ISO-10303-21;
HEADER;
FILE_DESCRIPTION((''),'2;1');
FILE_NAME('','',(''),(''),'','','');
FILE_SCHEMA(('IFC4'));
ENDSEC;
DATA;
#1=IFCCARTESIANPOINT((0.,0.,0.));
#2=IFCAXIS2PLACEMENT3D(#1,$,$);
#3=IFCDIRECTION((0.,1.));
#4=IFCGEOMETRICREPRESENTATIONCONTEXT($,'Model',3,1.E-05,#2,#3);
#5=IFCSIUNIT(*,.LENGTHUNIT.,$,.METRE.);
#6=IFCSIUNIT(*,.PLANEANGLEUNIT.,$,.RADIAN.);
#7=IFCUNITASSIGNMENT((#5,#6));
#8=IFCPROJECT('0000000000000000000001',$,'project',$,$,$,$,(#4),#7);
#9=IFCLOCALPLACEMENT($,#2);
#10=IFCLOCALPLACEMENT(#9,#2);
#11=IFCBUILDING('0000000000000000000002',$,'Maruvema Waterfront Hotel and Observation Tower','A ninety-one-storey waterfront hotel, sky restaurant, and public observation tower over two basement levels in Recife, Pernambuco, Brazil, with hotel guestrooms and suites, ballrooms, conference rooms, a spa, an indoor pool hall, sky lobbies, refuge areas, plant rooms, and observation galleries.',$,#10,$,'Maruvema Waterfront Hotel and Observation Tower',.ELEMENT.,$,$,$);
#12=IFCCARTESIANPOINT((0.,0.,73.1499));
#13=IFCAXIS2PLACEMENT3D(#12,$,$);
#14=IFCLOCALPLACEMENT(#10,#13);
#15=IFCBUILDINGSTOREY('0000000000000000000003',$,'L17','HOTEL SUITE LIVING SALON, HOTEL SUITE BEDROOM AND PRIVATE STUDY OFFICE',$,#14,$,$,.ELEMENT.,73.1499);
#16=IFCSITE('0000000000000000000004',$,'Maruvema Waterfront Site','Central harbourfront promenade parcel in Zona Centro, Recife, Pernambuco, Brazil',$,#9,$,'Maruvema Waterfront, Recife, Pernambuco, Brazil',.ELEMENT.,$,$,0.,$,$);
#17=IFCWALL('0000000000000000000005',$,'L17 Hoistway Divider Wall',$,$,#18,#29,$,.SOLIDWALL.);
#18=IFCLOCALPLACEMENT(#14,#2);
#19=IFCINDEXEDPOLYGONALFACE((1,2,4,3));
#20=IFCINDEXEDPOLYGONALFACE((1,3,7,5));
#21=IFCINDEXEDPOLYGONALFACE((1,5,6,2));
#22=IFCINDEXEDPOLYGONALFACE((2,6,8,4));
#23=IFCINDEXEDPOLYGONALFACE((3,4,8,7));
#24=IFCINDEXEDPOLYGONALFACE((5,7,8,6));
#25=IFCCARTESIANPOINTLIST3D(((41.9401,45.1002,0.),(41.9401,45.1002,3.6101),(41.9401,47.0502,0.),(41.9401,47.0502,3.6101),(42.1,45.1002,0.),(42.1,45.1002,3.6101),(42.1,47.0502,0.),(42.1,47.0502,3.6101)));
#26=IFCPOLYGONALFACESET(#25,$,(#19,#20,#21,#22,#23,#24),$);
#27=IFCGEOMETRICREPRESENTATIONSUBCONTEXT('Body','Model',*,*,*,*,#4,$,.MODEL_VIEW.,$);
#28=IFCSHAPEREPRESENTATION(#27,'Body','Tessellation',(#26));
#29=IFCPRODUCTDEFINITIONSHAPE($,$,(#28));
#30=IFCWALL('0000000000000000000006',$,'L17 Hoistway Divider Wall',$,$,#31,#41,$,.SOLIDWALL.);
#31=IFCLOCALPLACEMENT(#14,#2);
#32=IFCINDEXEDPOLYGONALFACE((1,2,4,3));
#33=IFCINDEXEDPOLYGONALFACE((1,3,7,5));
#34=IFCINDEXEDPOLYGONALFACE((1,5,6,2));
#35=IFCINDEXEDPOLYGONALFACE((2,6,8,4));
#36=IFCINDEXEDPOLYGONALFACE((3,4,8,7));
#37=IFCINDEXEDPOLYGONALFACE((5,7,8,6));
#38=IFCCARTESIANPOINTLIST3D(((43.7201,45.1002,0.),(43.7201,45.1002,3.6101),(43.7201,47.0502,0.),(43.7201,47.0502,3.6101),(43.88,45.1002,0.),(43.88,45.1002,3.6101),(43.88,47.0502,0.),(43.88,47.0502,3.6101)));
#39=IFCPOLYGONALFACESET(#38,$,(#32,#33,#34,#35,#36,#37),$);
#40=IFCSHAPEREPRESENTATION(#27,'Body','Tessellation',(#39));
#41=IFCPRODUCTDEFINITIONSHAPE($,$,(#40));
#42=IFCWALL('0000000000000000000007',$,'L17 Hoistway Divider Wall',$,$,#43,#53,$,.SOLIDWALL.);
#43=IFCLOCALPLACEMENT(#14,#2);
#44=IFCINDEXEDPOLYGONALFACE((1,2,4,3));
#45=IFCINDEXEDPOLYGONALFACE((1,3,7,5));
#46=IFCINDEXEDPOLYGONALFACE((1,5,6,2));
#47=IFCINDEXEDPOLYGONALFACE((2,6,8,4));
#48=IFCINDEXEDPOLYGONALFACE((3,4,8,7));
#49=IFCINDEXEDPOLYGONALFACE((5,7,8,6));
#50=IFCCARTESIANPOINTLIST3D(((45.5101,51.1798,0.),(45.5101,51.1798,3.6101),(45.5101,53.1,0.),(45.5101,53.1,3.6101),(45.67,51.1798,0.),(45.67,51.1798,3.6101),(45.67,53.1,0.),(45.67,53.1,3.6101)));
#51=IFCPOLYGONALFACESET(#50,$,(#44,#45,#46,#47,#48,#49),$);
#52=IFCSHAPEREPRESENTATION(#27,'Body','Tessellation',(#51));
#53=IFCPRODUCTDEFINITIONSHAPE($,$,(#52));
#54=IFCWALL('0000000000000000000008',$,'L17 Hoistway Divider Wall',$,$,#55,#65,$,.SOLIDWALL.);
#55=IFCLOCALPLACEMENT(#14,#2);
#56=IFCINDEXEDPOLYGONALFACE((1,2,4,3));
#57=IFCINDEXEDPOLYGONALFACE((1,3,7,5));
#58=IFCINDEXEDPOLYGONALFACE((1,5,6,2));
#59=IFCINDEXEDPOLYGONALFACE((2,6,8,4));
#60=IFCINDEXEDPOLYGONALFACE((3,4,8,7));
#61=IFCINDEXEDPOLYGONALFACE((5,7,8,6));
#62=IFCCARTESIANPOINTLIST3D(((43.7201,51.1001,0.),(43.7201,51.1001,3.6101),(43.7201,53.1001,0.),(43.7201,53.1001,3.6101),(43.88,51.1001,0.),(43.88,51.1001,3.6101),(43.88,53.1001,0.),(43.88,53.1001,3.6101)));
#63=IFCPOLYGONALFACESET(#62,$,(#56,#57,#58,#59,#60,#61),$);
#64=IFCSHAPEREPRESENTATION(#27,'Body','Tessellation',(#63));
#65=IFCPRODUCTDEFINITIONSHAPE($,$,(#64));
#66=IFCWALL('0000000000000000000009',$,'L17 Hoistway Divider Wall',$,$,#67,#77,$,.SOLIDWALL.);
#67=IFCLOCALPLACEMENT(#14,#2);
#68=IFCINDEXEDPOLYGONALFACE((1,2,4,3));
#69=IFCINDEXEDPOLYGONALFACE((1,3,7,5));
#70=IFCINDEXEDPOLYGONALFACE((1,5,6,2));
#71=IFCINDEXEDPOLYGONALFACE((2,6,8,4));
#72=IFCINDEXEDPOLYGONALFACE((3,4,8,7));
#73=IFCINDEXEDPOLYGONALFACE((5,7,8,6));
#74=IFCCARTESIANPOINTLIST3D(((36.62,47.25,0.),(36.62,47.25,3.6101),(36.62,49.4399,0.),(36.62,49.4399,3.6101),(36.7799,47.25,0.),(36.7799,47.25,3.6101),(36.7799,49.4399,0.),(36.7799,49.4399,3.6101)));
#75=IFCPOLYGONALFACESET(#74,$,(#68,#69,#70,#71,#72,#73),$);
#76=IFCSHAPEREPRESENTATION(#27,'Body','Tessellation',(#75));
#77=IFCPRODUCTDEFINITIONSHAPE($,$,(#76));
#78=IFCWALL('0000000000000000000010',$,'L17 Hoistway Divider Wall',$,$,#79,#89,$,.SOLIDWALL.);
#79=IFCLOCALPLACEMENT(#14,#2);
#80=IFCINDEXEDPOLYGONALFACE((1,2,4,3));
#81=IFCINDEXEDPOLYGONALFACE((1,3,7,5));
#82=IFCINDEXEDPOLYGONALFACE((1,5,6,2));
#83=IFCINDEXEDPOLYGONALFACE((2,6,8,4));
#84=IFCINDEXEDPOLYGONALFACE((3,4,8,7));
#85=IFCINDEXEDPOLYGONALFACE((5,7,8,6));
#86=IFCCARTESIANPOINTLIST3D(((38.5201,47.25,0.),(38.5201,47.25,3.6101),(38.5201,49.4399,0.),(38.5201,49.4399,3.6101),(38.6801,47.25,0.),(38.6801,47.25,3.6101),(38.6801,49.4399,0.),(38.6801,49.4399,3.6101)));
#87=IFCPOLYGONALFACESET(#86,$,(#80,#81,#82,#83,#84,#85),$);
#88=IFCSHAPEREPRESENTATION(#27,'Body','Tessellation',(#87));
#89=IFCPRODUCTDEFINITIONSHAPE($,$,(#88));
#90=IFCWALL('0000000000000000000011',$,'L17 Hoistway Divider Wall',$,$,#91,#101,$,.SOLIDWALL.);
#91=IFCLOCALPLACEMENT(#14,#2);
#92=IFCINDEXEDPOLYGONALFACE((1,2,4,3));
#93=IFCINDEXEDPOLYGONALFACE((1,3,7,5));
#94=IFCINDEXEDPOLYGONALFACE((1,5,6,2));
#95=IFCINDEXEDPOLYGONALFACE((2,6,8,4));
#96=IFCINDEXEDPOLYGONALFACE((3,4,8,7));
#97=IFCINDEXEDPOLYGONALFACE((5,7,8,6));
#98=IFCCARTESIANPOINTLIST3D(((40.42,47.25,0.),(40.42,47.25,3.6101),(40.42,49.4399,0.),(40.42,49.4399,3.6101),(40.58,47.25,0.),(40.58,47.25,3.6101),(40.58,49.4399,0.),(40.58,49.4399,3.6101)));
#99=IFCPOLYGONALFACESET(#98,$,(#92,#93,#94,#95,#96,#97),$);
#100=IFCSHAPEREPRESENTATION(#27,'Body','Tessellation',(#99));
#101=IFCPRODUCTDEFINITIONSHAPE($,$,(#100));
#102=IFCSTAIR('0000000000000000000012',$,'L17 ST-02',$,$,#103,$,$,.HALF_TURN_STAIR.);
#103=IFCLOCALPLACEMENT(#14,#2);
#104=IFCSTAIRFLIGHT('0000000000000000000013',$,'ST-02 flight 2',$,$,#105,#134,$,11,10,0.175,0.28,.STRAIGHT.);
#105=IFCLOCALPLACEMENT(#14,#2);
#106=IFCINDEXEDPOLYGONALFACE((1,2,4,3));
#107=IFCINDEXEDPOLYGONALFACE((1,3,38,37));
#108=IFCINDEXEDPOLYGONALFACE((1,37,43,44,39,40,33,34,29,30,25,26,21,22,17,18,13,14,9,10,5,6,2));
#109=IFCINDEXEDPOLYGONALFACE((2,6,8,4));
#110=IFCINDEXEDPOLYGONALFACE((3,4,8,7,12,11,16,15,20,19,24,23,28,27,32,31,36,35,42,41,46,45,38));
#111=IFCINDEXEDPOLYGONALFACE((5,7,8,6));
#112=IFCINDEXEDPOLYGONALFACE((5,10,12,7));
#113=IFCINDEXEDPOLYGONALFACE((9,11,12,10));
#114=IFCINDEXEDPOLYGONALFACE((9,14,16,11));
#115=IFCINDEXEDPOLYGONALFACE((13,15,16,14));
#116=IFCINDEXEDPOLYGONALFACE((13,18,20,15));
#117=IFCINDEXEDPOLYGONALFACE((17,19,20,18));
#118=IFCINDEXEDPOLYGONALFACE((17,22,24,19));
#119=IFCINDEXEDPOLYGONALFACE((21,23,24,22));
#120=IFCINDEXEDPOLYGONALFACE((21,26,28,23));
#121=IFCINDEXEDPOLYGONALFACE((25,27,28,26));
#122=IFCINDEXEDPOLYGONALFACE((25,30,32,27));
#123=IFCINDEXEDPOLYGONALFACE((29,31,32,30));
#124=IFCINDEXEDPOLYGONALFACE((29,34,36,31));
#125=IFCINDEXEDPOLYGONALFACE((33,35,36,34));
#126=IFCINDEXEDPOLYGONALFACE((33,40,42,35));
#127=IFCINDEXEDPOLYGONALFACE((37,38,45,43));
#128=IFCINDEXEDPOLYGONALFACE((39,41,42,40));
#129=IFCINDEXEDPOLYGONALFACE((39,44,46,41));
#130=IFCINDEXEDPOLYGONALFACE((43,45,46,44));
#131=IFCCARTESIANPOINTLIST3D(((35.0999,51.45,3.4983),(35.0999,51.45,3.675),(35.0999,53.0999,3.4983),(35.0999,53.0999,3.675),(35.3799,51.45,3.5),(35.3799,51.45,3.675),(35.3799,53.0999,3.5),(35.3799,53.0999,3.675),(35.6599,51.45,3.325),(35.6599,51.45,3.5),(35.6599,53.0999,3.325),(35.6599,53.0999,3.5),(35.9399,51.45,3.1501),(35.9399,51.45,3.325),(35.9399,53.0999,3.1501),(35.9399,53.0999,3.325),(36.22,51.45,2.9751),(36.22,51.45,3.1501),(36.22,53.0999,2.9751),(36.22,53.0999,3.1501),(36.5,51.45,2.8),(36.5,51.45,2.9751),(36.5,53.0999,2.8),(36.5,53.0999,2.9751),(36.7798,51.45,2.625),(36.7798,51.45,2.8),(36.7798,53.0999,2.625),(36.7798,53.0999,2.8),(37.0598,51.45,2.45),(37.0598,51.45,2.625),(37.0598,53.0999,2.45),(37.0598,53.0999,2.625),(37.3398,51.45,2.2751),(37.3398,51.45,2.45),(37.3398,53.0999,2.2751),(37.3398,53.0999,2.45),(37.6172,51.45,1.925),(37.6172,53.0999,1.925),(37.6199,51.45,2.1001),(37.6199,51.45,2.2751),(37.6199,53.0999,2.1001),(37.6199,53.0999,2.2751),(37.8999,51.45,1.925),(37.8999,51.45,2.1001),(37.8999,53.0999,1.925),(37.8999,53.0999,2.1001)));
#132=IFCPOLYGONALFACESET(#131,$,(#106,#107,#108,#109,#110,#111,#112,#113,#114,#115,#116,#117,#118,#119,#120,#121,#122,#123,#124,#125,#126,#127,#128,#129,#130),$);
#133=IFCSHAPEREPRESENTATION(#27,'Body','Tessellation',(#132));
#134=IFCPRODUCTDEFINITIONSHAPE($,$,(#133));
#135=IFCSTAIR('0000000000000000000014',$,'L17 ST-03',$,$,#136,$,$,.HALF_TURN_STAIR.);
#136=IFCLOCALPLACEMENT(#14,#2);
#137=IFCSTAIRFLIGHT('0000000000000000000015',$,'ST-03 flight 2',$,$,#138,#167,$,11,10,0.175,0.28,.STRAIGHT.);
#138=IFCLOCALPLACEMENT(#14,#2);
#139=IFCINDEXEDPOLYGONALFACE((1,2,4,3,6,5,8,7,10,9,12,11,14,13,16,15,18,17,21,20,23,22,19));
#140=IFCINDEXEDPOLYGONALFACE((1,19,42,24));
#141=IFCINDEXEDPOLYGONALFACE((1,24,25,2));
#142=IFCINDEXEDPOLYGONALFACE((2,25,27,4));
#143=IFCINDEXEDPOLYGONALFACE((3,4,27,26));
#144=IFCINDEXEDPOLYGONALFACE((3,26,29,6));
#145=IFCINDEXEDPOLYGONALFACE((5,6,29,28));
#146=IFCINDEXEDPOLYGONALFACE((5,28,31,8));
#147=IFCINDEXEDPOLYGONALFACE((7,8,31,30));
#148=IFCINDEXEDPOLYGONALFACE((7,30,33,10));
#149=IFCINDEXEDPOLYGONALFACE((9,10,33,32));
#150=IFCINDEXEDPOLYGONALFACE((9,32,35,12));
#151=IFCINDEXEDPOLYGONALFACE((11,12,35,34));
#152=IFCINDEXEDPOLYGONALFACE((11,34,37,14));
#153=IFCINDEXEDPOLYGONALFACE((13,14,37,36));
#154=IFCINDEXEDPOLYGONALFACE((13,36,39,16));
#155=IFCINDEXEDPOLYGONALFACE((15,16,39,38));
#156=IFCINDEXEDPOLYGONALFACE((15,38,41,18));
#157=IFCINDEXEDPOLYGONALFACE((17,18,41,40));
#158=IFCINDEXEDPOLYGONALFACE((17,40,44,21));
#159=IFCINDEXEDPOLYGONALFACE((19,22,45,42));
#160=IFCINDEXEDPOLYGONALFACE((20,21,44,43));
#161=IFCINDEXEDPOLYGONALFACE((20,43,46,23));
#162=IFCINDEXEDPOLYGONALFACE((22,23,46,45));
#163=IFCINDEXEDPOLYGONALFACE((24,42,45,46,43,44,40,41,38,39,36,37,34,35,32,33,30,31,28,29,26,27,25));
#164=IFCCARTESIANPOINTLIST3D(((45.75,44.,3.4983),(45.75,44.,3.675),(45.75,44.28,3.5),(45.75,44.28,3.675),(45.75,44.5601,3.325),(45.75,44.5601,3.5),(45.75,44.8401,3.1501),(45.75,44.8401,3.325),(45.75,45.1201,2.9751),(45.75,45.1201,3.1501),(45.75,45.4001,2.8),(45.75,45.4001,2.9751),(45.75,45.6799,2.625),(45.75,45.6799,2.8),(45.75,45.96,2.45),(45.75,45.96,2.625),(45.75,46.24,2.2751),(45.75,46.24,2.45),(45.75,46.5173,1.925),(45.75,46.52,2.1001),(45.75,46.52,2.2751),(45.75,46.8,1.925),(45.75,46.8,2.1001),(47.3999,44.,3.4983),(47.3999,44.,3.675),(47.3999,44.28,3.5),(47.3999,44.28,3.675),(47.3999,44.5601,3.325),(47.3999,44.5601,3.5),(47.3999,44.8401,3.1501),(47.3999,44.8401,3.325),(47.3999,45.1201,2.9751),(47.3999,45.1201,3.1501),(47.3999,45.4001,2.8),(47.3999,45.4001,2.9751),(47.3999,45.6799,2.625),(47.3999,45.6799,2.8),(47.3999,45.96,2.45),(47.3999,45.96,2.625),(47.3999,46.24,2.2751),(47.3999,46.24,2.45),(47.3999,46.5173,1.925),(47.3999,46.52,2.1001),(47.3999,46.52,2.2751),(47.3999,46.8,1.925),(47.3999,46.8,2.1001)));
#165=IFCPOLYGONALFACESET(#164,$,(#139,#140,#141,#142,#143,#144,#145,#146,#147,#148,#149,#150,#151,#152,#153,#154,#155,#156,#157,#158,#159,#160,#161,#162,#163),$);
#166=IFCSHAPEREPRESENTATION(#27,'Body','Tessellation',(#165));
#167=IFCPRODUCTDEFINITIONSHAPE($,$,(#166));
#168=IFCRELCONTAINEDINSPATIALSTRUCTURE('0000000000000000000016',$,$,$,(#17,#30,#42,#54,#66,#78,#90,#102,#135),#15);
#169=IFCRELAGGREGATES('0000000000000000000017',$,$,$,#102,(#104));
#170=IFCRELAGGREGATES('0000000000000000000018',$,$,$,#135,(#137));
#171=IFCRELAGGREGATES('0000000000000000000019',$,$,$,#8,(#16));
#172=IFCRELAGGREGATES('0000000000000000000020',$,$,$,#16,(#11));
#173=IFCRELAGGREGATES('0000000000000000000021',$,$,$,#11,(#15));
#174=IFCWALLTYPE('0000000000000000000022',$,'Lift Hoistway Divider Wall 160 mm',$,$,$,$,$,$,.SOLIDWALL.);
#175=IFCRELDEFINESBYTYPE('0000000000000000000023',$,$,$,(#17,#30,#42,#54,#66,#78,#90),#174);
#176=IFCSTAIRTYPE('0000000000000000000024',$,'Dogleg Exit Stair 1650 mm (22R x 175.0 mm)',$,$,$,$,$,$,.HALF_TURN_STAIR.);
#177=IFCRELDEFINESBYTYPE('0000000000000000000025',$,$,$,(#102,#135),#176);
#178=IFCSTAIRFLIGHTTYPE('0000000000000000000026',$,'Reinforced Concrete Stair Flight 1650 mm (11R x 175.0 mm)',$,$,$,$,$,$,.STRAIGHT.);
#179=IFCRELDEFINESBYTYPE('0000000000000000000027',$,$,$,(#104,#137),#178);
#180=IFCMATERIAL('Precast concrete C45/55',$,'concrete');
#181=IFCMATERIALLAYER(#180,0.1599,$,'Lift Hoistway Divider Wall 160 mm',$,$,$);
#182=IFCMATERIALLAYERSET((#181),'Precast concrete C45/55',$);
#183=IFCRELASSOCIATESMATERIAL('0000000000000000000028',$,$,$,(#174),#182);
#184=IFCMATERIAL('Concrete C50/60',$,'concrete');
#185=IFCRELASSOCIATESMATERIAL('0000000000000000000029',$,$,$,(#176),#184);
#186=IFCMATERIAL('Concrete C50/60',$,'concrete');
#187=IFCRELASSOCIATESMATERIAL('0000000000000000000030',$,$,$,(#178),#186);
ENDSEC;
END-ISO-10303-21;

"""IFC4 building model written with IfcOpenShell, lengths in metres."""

from ifc_helpers import new_model, si_unit, direction, frame, frame_2d, origin, place, context, subcontext, project, spatial, polyline, rectangle, outline, extrude, material, layer, layer_set, type_object, element, aggregate, save


model = new_model("IFC4")

# Units and contexts
model_context = context("Model", 3, precision=1e-05, world=origin(), true_north=direction((0.0, 1.0)))
body_context = subcontext(model_context, "Body", "Model", "MODEL_VIEW")
ifc_project = project(units=[si_unit("LENGTHUNIT", "METRE"), si_unit("PLANEANGLEUNIT", "RADIAN")], contexts=[model_context])

# Site, building, storey
site_placement = place(None, origin())
site = spatial("IfcSite", under=ifc_project, at=site_placement, Name="Maruvema Waterfront Site", Description="Central harbourfront promenade parcel in Zona Centro, Recife, Pernambuco, Brazil", LongName="Maruvema Waterfront, Recife, Pernambuco, Brazil", CompositionType="ELEMENT", RefElevation=0.0)
building_placement = place(site_placement, origin())
building = spatial("IfcBuilding", under=site, at=building_placement, Name="Maruvema Waterfront Hotel and Observation Tower", Description="A ninety-one-storey waterfront hotel, sky restaurant, and public observation tower over two basement levels in Recife, Pernambuco, Brazil, with hotel guestrooms and suites, ballrooms, conference rooms, a spa, an indoor pool hall, sky lobbies, refuge areas, plant rooms, and observation galleries.", LongName="Maruvema Waterfront Hotel and Observation Tower", CompositionType="ELEMENT")
storey_placement = place(building_placement, frame((0.0, 0.0, 73.1499)))
storey = spatial("IfcBuildingStorey", under=building, at=storey_placement, Name="L17", Description="HOTEL SUITE LIVING SALON, HOTEL SUITE BEDROOM AND PRIVATE STUDY OFFICE", CompositionType="ELEMENT", Elevation=73.1499)

# Walls
ifc_material_1 = material(Name="Precast concrete C45/55", Category="concrete")
ifc_layer_1 = layer(ifc_material_1, 0.1599, Name="Lift Hoistway Divider Wall 160 mm")
ifc_layer_set_1 = layer_set([ifc_layer_1], Name="Precast concrete C45/55")
wall_type_1 = type_object("IfcWallType", Name="Lift Hoistway Divider Wall 160 mm", PredefinedType="SOLIDWALL", material=ifc_layer_set_1)
for number, where, z_axis, x_axis, name in (
    (1, (42.02, 45.1001, 0.0), (0.0, 0.0, 1.0), (0.0, 1.0, 0.0), "L17 Hoistway Divider Wall"),
    (2, (43.8, 45.1001, 0.0), (0.0, 0.0, 1.0), (0.0, 1.0, 0.0), "L17 Hoistway Divider Wall"),
):
    element("IfcWall", number, at=place(storey_placement, frame(where, z_axis=z_axis, x_axis=x_axis)), inside=storey, type_object=wall_type_1, Name=name, PredefinedType="SOLIDWALL", context=body_context, shape_type="SweptSolid", body=[
        extrude(rectangle(XDim=1.95, YDim=0.1599, at=frame_2d((0.9751, 0.0))), origin(), (0.0, 0.0, 1.0), 3.6101),
    ])
wall_1_placement = place(storey_placement, frame((45.5901, 51.1799, 0.0), z_axis=(0.0, 0.0, 1.0), x_axis=(0.0, 1.0, 0.0)))
element("IfcWall", 3, at=wall_1_placement, inside=storey, type_object=wall_type_1, Name="L17 Hoistway Divider Wall", PredefinedType="SOLIDWALL", context=body_context, shape_type="SweptSolid", body=[
    extrude(rectangle(XDim=1.9202, YDim=0.1599, at=frame_2d((0.96, 0.0))), origin(), (0.0, 0.0, 1.0), 3.6101),
])
wall_2_placement = place(storey_placement, frame((43.8, 51.1001, 0.0), z_axis=(0.0, 0.0, 1.0), x_axis=(0.0, 1.0, 0.0)))
element("IfcWall", 4, at=wall_2_placement, inside=storey, type_object=wall_type_1, Name="L17 Hoistway Divider Wall", PredefinedType="SOLIDWALL", context=body_context, shape_type="SweptSolid", body=[
    extrude(rectangle(XDim=2.0, YDim=0.1599, at=frame_2d((1.0, 0.0))), origin(), (0.0, 0.0, 1.0), 3.6101),
])
for number, where, z_axis, x_axis, name in (
    (5, (36.7, 47.25, 0.0), (0.0, 0.0, 1.0), (0.0, 1.0, 0.0), "L17 Hoistway Divider Wall"),
    (6, (38.6001, 47.25, 0.0), (0.0, 0.0, 1.0), (0.0, 1.0, 0.0), "L17 Hoistway Divider Wall"),
    (7, (40.5, 47.25, 0.0), (0.0, 0.0, 1.0), (0.0, 1.0, 0.0), "L17 Hoistway Divider Wall"),
):
    element("IfcWall", number, at=place(storey_placement, frame(where, z_axis=z_axis, x_axis=x_axis)), inside=storey, type_object=wall_type_1, Name=name, PredefinedType="SOLIDWALL", context=body_context, shape_type="SweptSolid", body=[
        extrude(rectangle(XDim=2.1899, YDim=0.1599, at=frame_2d((1.095, 0.0))), origin(), (0.0, 0.0, 1.0), 3.6101),
    ])

# Stairs, stair flights
ifc_material_2 = material(Name="Concrete C50/60", Category="concrete")
stair_type = type_object("IfcStairType", Name="Dogleg Exit Stair 1650 mm (22R x 175.0 mm)", PredefinedType="HALF_TURN_STAIR", material=ifc_material_2)
stair_1_placement = place(storey_placement, origin())
stair_1 = element("IfcStair", 8, at=stair_1_placement, inside=storey, type_object=stair_type, Name="L17 ST-02", PredefinedType="HALF_TURN_STAIR")
ifc_material_3 = material(Name="Concrete C50/60", Category="concrete")
stair_flight_type = type_object("IfcStairFlightType", Name="Reinforced Concrete Stair Flight 1650 mm (11R x 175.0 mm)", PredefinedType="STRAIGHT", material=ifc_material_3)
stair_flight_1_placement = place(storey_placement, frame((37.8999, 52.2749, 1.925), z_axis=(0.0, 0.0, 1.0), x_axis=(-1.0, 0.0, 0.0)))
stair_flight_1 = element("IfcStairFlight", 9, at=stair_flight_1_placement, type_object=stair_flight_type, Name="ST-02 flight 2", NumberOfRisers=11, NumberOfTreads=10, PredefinedType="STRAIGHT", RiserHeight=0.175, TreadLength=0.28, context=body_context, shape_type="SweptSolid", body=[
    extrude(outline(polyline([(0.0, 0.0), (0.0, 0.175), (0.28, 0.175), (0.28, 0.3501), (0.5601, 0.3501), (0.5601, 0.5249), (0.8401, 0.5249), (0.8401, 0.7), (1.1201, 0.7), (1.1201, 0.875), (1.3999, 0.875), (1.3999, 1.05), (1.6799, 1.05), (1.6799, 1.2251), (1.96, 1.2251), (1.96, 1.3999), (2.24, 1.3999), (2.24, 1.575), (2.52, 1.575), (2.52, 1.75), (2.8, 1.75), (2.8, 1.925), (2.8, 1.5732), (0.2827, 0.0), (0.0, 0.0)])), frame((0.0, 0.825, 0.0), z_axis=(0.0, -1.0, 0.0), x_axis=(1.0, 0.0, 0.0)), (0.0, 0.0, 1.0), 1.6499),
])
aggregate(stair_1, [stair_flight_1])
stair_2_placement = place(storey_placement, origin())
stair_2 = element("IfcStair", 10, at=stair_2_placement, inside=storey, type_object=stair_type, Name="L17 ST-03", PredefinedType="HALF_TURN_STAIR")
stair_flight_2_placement = place(storey_placement, frame((46.575, 46.8, 1.925), z_axis=(0.0, 0.0, 1.0), x_axis=(0.0, -1.0, 0.0)))
stair_flight_2 = element("IfcStairFlight", 11, at=stair_flight_2_placement, type_object=stair_flight_type, Name="ST-03 flight 2", NumberOfRisers=11, NumberOfTreads=10, PredefinedType="STRAIGHT", RiserHeight=0.175, TreadLength=0.28, context=body_context, shape_type="SweptSolid", body=[
    extrude(outline(polyline([(0.0, 0.0), (0.0, 0.175), (0.28, 0.175), (0.28, 0.3501), (0.5601, 0.3501), (0.5601, 0.5249), (0.8401, 0.5249), (0.8401, 0.7), (1.1201, 0.7), (1.1201, 0.875), (1.3999, 0.875), (1.3999, 1.05), (1.6799, 1.05), (1.6799, 1.2251), (1.96, 1.2251), (1.96, 1.3999), (2.24, 1.3999), (2.24, 1.575), (2.52, 1.575), (2.52, 1.75), (2.8, 1.75), (2.8, 1.925), (2.8, 1.5732), (0.2827, 0.0), (0.0, 0.0)])), frame((0.0, 0.825, 0.0), z_axis=(0.0, -1.0, 0.0), x_axis=(1.0, 0.0, 0.0)), (0.0, 0.0, 1.0), 1.6499),
])
aggregate(stair_2, [stair_flight_2])

save(model, "model.ifc")
